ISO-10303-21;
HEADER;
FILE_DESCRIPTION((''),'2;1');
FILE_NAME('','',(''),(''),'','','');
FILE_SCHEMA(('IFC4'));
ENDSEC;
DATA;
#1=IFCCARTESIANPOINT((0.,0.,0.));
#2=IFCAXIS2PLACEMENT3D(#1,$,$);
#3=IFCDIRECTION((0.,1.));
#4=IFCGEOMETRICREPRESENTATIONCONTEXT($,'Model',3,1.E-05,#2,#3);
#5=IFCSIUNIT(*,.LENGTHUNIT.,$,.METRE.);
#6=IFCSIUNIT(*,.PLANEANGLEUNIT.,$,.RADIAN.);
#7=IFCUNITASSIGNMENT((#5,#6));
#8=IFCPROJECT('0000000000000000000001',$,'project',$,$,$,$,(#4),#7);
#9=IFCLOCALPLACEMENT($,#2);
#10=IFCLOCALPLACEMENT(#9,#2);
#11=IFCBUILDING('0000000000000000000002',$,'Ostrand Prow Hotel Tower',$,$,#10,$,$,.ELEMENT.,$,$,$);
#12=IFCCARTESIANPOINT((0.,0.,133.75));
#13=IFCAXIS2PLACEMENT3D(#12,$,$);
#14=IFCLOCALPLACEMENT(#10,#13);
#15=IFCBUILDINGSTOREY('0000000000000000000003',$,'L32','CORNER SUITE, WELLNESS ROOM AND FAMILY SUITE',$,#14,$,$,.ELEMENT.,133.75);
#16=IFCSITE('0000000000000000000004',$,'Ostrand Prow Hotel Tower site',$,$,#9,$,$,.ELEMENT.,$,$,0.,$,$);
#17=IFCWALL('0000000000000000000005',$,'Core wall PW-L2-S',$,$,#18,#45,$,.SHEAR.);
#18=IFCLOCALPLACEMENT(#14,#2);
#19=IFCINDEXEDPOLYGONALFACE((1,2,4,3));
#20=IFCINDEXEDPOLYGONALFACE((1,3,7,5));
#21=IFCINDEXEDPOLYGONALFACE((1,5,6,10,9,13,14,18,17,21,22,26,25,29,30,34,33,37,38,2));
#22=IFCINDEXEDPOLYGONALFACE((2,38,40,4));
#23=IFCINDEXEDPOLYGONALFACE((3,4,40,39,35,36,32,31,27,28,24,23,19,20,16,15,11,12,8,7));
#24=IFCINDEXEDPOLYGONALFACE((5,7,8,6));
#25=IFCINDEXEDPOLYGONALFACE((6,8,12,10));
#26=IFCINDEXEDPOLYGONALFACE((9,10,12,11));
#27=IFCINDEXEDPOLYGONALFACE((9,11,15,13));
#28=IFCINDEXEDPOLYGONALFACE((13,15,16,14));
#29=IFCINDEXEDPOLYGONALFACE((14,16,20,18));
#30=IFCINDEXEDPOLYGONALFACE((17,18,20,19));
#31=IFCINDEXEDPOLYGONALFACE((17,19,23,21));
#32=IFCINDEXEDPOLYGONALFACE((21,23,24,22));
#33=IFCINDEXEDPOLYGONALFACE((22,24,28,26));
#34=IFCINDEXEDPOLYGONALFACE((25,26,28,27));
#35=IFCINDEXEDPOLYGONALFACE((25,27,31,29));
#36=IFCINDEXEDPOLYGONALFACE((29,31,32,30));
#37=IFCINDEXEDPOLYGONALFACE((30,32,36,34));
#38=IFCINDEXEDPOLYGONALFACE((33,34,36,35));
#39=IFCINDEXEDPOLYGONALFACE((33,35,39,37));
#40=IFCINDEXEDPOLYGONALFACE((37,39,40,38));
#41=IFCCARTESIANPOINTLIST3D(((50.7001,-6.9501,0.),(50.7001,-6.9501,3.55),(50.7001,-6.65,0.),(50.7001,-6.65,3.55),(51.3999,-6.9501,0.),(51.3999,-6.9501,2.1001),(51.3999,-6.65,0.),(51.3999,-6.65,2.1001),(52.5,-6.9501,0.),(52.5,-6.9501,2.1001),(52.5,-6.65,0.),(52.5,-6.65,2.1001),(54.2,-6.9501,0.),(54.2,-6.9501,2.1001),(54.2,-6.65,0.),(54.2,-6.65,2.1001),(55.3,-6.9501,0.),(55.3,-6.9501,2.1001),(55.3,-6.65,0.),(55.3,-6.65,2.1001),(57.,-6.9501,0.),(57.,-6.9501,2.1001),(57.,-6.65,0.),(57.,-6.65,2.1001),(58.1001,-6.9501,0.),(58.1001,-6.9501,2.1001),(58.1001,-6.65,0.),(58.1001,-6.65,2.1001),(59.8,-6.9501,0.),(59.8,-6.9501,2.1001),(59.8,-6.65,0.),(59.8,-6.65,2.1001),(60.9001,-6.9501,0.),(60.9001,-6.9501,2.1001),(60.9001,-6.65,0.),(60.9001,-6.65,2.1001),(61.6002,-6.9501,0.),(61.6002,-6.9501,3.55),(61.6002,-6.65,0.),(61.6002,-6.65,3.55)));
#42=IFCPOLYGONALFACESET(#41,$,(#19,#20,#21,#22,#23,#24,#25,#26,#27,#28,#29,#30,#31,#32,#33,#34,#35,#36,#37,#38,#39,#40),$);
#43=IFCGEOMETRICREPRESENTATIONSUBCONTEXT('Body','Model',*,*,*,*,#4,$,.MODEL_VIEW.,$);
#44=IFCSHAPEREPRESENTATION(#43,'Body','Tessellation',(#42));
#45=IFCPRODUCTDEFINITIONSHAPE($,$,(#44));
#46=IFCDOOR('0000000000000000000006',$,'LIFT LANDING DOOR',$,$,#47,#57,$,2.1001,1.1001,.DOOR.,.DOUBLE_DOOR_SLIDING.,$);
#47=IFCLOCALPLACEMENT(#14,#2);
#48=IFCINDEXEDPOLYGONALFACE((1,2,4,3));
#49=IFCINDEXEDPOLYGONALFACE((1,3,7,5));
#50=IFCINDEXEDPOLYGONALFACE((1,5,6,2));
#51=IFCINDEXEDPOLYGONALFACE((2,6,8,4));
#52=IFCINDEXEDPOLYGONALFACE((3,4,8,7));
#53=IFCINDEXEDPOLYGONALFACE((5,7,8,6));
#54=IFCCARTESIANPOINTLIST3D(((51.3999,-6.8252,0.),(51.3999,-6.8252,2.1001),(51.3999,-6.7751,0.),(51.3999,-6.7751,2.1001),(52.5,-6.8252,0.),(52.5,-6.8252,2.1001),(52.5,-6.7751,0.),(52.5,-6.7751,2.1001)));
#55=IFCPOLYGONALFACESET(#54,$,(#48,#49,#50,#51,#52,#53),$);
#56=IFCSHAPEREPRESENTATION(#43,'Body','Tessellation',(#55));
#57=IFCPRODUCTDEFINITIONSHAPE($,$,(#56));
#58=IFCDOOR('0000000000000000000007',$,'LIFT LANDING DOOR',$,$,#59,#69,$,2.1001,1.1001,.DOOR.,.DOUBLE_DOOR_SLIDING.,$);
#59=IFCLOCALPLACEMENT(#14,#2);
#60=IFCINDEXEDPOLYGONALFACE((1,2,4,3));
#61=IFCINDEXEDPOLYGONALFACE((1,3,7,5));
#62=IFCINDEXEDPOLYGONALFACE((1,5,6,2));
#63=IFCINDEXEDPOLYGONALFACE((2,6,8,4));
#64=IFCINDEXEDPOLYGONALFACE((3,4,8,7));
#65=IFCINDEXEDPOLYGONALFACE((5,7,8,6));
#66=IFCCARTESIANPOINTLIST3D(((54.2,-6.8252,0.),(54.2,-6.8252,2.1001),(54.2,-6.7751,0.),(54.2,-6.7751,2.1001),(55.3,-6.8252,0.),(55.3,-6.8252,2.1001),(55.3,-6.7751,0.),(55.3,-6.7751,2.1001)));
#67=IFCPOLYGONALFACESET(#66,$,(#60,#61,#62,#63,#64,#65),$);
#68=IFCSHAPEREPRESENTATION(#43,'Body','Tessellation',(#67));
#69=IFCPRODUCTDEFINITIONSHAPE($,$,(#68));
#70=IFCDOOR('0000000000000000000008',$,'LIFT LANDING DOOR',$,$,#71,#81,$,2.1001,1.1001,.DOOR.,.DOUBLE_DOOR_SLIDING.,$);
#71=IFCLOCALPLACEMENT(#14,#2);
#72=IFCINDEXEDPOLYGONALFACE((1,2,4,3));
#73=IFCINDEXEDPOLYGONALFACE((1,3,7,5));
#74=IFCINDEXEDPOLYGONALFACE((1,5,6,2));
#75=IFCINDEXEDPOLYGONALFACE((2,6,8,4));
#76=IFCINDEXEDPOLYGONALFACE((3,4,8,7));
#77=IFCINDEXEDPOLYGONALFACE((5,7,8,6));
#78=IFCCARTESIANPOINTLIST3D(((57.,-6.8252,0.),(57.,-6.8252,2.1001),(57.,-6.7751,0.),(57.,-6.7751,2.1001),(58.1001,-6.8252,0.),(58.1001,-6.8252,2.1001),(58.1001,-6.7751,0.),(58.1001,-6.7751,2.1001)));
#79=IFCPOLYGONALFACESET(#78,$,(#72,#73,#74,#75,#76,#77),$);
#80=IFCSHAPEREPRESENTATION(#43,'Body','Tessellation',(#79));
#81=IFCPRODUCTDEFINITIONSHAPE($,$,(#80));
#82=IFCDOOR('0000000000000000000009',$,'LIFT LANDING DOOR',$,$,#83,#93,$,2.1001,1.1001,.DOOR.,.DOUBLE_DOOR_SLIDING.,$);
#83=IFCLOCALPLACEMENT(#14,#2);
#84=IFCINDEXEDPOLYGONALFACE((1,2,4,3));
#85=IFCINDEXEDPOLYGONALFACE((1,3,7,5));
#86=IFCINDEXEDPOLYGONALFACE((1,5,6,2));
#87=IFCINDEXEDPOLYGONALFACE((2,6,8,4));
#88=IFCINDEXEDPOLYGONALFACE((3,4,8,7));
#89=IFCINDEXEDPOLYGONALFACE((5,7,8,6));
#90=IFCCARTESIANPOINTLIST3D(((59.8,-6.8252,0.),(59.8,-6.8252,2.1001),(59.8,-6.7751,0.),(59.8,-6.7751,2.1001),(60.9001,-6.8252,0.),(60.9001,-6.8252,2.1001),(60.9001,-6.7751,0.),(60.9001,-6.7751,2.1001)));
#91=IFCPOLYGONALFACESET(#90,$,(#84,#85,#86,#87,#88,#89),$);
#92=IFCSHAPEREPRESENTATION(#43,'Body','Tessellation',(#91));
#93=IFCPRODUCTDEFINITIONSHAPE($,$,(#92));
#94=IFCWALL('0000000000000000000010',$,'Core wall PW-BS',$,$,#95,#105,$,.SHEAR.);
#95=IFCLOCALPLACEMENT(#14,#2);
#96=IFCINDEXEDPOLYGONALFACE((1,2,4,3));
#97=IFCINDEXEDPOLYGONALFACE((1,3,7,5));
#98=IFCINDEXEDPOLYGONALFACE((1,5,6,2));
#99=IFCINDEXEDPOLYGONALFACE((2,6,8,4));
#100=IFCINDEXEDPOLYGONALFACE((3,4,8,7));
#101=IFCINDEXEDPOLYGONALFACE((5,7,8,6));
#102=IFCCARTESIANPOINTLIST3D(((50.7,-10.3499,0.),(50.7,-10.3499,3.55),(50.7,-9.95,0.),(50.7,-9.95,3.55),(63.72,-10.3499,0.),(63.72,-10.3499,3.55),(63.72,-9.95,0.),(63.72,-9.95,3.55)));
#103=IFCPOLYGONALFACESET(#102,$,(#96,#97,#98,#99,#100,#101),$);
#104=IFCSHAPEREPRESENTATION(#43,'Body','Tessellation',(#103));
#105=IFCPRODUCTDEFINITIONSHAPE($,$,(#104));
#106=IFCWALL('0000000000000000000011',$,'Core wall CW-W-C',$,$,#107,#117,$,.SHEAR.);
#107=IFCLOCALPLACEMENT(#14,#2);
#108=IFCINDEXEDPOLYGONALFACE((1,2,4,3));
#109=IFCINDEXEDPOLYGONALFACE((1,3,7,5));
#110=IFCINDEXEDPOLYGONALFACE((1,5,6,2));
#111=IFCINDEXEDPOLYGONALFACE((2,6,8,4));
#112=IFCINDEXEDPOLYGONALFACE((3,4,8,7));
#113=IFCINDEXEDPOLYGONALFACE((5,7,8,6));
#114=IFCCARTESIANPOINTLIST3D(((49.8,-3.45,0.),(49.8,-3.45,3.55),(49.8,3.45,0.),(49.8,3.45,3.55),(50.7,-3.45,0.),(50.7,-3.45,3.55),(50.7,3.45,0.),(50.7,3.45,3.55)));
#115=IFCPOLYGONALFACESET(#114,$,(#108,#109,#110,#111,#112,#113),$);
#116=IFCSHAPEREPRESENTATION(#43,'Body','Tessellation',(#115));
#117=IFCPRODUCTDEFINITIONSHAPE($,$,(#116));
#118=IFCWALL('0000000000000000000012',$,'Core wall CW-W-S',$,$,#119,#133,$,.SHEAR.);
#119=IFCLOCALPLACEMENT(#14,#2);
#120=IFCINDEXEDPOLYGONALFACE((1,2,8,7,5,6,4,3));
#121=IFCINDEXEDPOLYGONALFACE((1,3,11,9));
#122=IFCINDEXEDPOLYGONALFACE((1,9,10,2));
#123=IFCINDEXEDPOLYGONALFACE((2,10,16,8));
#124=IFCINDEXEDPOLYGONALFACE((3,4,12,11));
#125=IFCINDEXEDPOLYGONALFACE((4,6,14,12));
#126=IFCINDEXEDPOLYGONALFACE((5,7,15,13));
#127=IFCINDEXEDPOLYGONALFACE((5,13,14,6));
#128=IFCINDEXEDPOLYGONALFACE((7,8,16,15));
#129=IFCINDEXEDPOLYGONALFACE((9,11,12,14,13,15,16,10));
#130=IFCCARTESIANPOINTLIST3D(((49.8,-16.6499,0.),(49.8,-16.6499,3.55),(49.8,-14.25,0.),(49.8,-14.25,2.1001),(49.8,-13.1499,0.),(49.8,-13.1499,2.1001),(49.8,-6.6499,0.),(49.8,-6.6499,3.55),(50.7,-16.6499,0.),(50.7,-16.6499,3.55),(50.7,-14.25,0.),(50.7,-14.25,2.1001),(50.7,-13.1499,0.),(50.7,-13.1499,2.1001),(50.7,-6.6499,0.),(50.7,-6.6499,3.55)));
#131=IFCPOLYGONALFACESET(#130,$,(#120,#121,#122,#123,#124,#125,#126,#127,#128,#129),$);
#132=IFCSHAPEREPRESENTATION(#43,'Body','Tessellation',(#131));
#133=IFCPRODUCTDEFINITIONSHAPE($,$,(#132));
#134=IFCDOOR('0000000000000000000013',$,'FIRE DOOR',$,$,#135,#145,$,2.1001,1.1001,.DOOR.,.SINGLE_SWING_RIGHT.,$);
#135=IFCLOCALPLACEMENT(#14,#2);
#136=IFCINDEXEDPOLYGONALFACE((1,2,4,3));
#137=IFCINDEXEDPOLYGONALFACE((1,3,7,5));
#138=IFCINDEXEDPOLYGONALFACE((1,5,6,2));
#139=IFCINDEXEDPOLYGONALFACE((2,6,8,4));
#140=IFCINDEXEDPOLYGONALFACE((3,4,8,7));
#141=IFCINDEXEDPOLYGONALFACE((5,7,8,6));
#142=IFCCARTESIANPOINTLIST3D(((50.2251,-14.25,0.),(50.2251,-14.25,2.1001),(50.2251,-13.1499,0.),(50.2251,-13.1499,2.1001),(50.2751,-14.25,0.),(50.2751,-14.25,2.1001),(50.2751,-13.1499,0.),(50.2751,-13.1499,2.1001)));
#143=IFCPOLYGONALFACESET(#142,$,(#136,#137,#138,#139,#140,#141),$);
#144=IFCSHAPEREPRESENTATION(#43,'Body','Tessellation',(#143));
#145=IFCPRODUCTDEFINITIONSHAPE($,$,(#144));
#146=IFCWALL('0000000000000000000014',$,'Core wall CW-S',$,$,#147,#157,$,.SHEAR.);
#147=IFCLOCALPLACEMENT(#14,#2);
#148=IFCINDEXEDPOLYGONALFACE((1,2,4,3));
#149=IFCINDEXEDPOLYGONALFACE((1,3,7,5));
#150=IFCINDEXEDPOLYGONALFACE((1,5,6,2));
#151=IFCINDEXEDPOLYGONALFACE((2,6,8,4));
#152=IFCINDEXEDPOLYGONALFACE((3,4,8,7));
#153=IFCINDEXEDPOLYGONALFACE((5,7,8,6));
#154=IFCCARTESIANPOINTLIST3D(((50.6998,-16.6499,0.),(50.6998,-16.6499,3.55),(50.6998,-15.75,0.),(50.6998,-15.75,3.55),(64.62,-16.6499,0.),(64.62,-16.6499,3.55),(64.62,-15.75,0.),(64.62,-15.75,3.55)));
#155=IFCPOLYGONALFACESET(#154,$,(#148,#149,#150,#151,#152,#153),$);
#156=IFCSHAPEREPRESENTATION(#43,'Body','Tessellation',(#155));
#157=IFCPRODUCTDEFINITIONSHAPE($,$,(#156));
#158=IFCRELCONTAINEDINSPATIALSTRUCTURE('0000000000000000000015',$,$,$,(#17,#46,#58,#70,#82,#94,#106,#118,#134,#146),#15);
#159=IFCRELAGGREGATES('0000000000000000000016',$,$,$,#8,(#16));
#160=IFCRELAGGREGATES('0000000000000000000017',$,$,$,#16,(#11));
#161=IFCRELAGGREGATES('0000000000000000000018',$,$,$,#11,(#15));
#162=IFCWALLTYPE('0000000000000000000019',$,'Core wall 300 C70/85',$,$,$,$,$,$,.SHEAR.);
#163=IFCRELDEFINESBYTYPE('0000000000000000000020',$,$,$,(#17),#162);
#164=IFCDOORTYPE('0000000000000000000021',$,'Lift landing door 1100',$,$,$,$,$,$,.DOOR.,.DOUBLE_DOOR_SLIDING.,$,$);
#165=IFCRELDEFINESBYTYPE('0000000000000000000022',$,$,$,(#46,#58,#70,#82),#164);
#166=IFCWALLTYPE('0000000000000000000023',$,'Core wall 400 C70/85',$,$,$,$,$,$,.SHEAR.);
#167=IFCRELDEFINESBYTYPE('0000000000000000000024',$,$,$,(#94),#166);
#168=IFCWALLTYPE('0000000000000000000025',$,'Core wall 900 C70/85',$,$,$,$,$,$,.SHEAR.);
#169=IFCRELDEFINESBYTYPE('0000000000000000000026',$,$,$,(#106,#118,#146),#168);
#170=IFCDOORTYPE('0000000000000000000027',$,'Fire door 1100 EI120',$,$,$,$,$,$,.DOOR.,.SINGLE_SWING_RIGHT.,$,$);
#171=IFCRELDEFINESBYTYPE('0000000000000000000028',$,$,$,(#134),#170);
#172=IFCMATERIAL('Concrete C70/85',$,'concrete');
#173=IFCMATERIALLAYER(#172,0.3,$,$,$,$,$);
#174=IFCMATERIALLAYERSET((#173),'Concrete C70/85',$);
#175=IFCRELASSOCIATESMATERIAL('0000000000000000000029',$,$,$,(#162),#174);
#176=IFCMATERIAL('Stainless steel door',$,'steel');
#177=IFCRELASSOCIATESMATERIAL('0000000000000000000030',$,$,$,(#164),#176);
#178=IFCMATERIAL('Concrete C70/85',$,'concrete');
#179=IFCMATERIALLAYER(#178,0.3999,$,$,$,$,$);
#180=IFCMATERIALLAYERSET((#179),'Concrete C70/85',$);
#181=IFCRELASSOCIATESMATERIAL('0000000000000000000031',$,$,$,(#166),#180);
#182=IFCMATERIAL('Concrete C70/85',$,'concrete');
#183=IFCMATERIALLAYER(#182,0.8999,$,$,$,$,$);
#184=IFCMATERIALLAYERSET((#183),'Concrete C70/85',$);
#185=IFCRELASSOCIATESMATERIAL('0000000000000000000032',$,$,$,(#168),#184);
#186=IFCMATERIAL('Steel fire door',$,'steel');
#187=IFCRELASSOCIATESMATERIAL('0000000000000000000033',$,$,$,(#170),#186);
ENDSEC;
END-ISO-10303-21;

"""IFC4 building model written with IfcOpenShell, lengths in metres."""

from ifc_helpers import new_model, si_unit, direction, frame, frame_2d, origin, place, context, subcontext, project, spatial, rectangle, extrude, material, layer, layer_set, type_object, element, fill, save


model = new_model("IFC4")

# Units and contexts
model_context = context("Model", 3, precision=1e-05, world=origin(), true_north=direction((0.0, 1.0)))
body_context = subcontext(model_context, "Body", "Model", "MODEL_VIEW")
ifc_project = project(units=[si_unit("LENGTHUNIT", "METRE"), si_unit("PLANEANGLEUNIT", "RADIAN")], contexts=[model_context])

# Site, building, storey
site_placement = place(None, origin())
site = spatial("IfcSite", under=ifc_project, at=site_placement, Name="Ostrand Prow Hotel Tower site", CompositionType="ELEMENT", RefElevation=0.0)
building_placement = place(site_placement, origin())
building = spatial("IfcBuilding", under=site, at=building_placement, Name="Ostrand Prow Hotel Tower", CompositionType="ELEMENT")
storey_placement = place(building_placement, frame((0.0, 0.0, 133.75)))
storey = spatial("IfcBuildingStorey", under=building, at=storey_placement, Name="L32", Description="CORNER SUITE, WELLNESS ROOM AND FAMILY SUITE", CompositionType="ELEMENT", Elevation=133.75)

# Shared definitions
ifc_material_1 = material(Name="Concrete C70/85", Category="concrete")
ifc_layer_1 = layer(ifc_material_1, 0.3)
ifc_layer_set_1 = layer_set([ifc_layer_1], Name="Concrete C70/85")
wall_type_1 = type_object("IfcWallType", Name="Core wall 300 C70/85", PredefinedType="SHEAR", material=ifc_layer_set_1)

# Wall, openings, doors
wall_1_placement = place(storey_placement, frame((50.7, -6.8, 0.0), z_axis=(0.0, 0.0, 1.0), x_axis=(1.0, 0.0, 0.0)))
wall_1 = element("IfcWall", 1, at=wall_1_placement, inside=storey, type_object=wall_type_1, Name="Core wall PW-L2-S", PredefinedType="SHEAR", context=body_context, shape_type="SweptSolid", body=[
    extrude(rectangle(XDim=10.9001, YDim=0.3, at=frame_2d((5.4502, 0.0))), origin(), (0.0, 0.0, 1.0), 3.55),
])
opening_1_placement = place(wall_1_placement, frame((0.7, 0.0, 0.0)))
opening_1 = element("IfcOpeningElement", 2, at=opening_1_placement, cuts=wall_1, PredefinedType="OPENING", context=body_context, shape_type="SweptSolid", body=[
    extrude(rectangle(XDim=1.1001, YDim=2.1001, at=frame_2d((0.55, 1.05))), frame((0.0, 0.1599, 0.0), z_axis=(0.0, -1.0, 0.0), x_axis=(1.0, 0.0, 0.0)), (0.0, 0.0, 1.0), 0.3201),
])
opening_2_placement = place(wall_1_placement, frame((3.5, 0.0, 0.0)))
opening_2 = element("IfcOpeningElement", 3, at=opening_2_placement, cuts=wall_1, PredefinedType="OPENING", context=body_context, shape_type="SweptSolid", body=[
    extrude(rectangle(XDim=1.1001, YDim=2.1001, at=frame_2d((0.55, 1.05))), frame((0.0, 0.1599, 0.0), z_axis=(0.0, -1.0, 0.0), x_axis=(1.0, 0.0, 0.0)), (0.0, 0.0, 1.0), 0.3201),
])
opening_3_placement = place(wall_1_placement, frame((6.3, 0.0, 0.0)))
opening_3 = element("IfcOpeningElement", 4, at=opening_3_placement, cuts=wall_1, PredefinedType="OPENING", context=body_context, shape_type="SweptSolid", body=[
    extrude(rectangle(XDim=1.1001, YDim=2.1001, at=frame_2d((0.55, 1.05))), frame((0.0, 0.1599, 0.0), z_axis=(0.0, -1.0, 0.0), x_axis=(1.0, 0.0, 0.0)), (0.0, 0.0, 1.0), 0.3201),
])
opening_4_placement = place(wall_1_placement, frame((9.1001, 0.0, 0.0)))
opening_4 = element("IfcOpeningElement", 5, at=opening_4_placement, cuts=wall_1, PredefinedType="OPENING", context=body_context, shape_type="SweptSolid", body=[
    extrude(rectangle(XDim=1.1001, YDim=2.1001, at=frame_2d((0.55, 1.05))), frame((0.0, 0.1599, 0.0), z_axis=(0.0, -1.0, 0.0), x_axis=(1.0, 0.0, 0.0)), (0.0, 0.0, 1.0), 0.3201),
])
ifc_material_2 = material(Name="Stainless steel door", Category="steel")
door_type_1 = type_object("IfcDoorType", Name="Lift landing door 1100", OperationType="DOUBLE_DOOR_SLIDING", PredefinedType="DOOR", material=ifc_material_2)
door_1_placement = place(opening_1_placement, origin())
door_1 = element("IfcDoor", 6, at=door_1_placement, inside=storey, type_object=door_type_1, Name="LIFT LANDING DOOR", OperationType="DOUBLE_DOOR_SLIDING", OverallHeight=2.1001, OverallWidth=1.1001, PredefinedType="DOOR", context=body_context, shape_type="SweptSolid", body=[
    extrude(rectangle(XDim=1.1001, YDim=2.1001, at=frame_2d((0.55, 1.05))), frame((0.0, 0.0249, 0.0), z_axis=(0.0, -1.0, 0.0), x_axis=(1.0, 0.0, 0.0)), (0.0, 0.0, 1.0), 0.05),
])
fill(opening_1, door_1)
door_2_placement = place(opening_2_placement, origin())
door_2 = element("IfcDoor", 7, at=door_2_placement, inside=storey, type_object=door_type_1, Name="LIFT LANDING DOOR", OperationType="DOUBLE_DOOR_SLIDING", OverallHeight=2.1001, OverallWidth=1.1001, PredefinedType="DOOR", context=body_context, shape_type="SweptSolid", body=[
    extrude(rectangle(XDim=1.1001, YDim=2.1001, at=frame_2d((0.55, 1.05))), frame((0.0, 0.0249, 0.0), z_axis=(0.0, -1.0, 0.0), x_axis=(1.0, 0.0, 0.0)), (0.0, 0.0, 1.0), 0.05),
])
fill(opening_2, door_2)
door_3_placement = place(opening_3_placement, origin())
door_3 = element("IfcDoor", 8, at=door_3_placement, inside=storey, type_object=door_type_1, Name="LIFT LANDING DOOR", OperationType="DOUBLE_DOOR_SLIDING", OverallHeight=2.1001, OverallWidth=1.1001, PredefinedType="DOOR", context=body_context, shape_type="SweptSolid", body=[
    extrude(rectangle(XDim=1.1001, YDim=2.1001, at=frame_2d((0.55, 1.05))), frame((0.0, 0.0249, 0.0), z_axis=(0.0, -1.0, 0.0), x_axis=(1.0, 0.0, 0.0)), (0.0, 0.0, 1.0), 0.05),
])
fill(opening_3, door_3)
door_4_placement = place(opening_4_placement, origin())
door_4 = element("IfcDoor", 9, at=door_4_placement, inside=storey, type_object=door_type_1, Name="LIFT LANDING DOOR", OperationType="DOUBLE_DOOR_SLIDING", OverallHeight=2.1001, OverallWidth=1.1001, PredefinedType="DOOR", context=body_context, shape_type="SweptSolid", body=[
    extrude(rectangle(XDim=1.1001, YDim=2.1001, at=frame_2d((0.55, 1.05))), frame((0.0, 0.0249, 0.0), z_axis=(0.0, -1.0, 0.0), x_axis=(1.0, 0.0, 0.0)), (0.0, 0.0, 1.0), 0.05),
])
fill(opening_4, door_4)

# Walls
ifc_material_3 = material(Name="Concrete C70/85", Category="concrete")
ifc_layer_2 = layer(ifc_material_3, 0.3999)
ifc_layer_set_2 = layer_set([ifc_layer_2], Name="Concrete C70/85")
wall_type_2 = type_object("IfcWallType", Name="Core wall 400 C70/85", PredefinedType="SHEAR", material=ifc_layer_set_2)
wall_2_placement = place(storey_placement, frame((50.7, -10.1499, 0.0), z_axis=(0.0, 0.0, 1.0), x_axis=(1.0, 0.0, 0.0)))
element("IfcWall", 10, at=wall_2_placement, inside=storey, type_object=wall_type_2, Name="Core wall PW-BS", PredefinedType="SHEAR", context=body_context, shape_type="SweptSolid", body=[
    extrude(rectangle(XDim=13.02, YDim=0.3999, at=frame_2d((6.51, 0.0))), origin(), (0.0, 0.0, 1.0), 3.55),
])
ifc_material_4 = material(Name="Concrete C70/85", Category="concrete")
ifc_layer_3 = layer(ifc_material_4, 0.8999)
ifc_layer_set_3 = layer_set([ifc_layer_3], Name="Concrete C70/85")
wall_type_3 = type_object("IfcWallType", Name="Core wall 900 C70/85", PredefinedType="SHEAR", material=ifc_layer_set_3)
wall_3_placement = place(storey_placement, frame((50.25, -3.45, 0.0), z_axis=(0.0, 0.0, 1.0), x_axis=(0.0, 1.0, 0.0)))
element("IfcWall", 11, at=wall_3_placement, inside=storey, type_object=wall_type_3, Name="Core wall CW-W-C", PredefinedType="SHEAR", context=body_context, shape_type="SweptSolid", body=[
    extrude(rectangle(XDim=6.8999, YDim=0.8999, at=frame_2d((3.45, 0.0))), origin(), (0.0, 0.0, 1.0), 3.55),
])

# Wall, opening, door
wall_4_placement = place(storey_placement, frame((50.25, -16.6499, 0.0), z_axis=(0.0, 0.0, 1.0), x_axis=(0.0, 1.0, 0.0)))
wall_4 = element("IfcWall", 12, at=wall_4_placement, inside=storey, type_object=wall_type_3, Name="Core wall CW-W-S", PredefinedType="SHEAR", context=body_context, shape_type="SweptSolid", body=[
    extrude(rectangle(XDim=10.0, YDim=0.8999, at=frame_2d((5.0, 0.0))), origin(), (0.0, 0.0, 1.0), 3.55),
])
opening_5_placement = place(wall_4_placement, frame((2.3999, 0.0, 0.0)))
opening_5 = element("IfcOpeningElement", 13, at=opening_5_placement, cuts=wall_4, PredefinedType="OPENING", context=body_context, shape_type="SweptSolid", body=[
    extrude(rectangle(XDim=1.1001, YDim=2.1001, at=frame_2d((0.55, 1.05))), frame((0.0, 0.46, 0.0), z_axis=(0.0, -1.0, 0.0), x_axis=(1.0, 0.0, 0.0)), (0.0, 0.0, 1.0), 0.9199),
])
ifc_material_5 = material(Name="Steel fire door", Category="steel")
door_type_2 = type_object("IfcDoorType", Name="Fire door 1100 EI120", OperationType="SINGLE_SWING_RIGHT", PredefinedType="DOOR", material=ifc_material_5)
door_5_placement = place(opening_5_placement, origin())
door_5 = element("IfcDoor", 14, at=door_5_placement, inside=storey, type_object=door_type_2, Name="FIRE DOOR", OperationType="SINGLE_SWING_RIGHT", OverallHeight=2.1001, OverallWidth=1.1001, PredefinedType="DOOR", context=body_context, shape_type="SweptSolid", body=[
    extrude(rectangle(XDim=1.1001, YDim=2.1001, at=frame_2d((0.55, 1.05))), frame((0.0, 0.0249, 0.0), z_axis=(0.0, -1.0, 0.0), x_axis=(1.0, 0.0, 0.0)), (0.0, 0.0, 1.0), 0.05),
])
fill(opening_5, door_5)

# Wall
wall_5_placement = place(storey_placement, frame((50.7, -16.2, 0.0), z_axis=(0.0, 0.0, 1.0), x_axis=(1.0, 0.0, 0.0)))
element("IfcWall", 15, at=wall_5_placement, inside=storey, type_object=wall_type_3, Name="Core wall CW-S", PredefinedType="SHEAR", context=body_context, shape_type="SweptSolid", body=[
    extrude(rectangle(XDim=13.9202, YDim=0.8999, at=frame_2d((6.96, 0.0))), origin(), (0.0, 0.0, 1.0), 3.55),
])

save(model, "model.ifc")
